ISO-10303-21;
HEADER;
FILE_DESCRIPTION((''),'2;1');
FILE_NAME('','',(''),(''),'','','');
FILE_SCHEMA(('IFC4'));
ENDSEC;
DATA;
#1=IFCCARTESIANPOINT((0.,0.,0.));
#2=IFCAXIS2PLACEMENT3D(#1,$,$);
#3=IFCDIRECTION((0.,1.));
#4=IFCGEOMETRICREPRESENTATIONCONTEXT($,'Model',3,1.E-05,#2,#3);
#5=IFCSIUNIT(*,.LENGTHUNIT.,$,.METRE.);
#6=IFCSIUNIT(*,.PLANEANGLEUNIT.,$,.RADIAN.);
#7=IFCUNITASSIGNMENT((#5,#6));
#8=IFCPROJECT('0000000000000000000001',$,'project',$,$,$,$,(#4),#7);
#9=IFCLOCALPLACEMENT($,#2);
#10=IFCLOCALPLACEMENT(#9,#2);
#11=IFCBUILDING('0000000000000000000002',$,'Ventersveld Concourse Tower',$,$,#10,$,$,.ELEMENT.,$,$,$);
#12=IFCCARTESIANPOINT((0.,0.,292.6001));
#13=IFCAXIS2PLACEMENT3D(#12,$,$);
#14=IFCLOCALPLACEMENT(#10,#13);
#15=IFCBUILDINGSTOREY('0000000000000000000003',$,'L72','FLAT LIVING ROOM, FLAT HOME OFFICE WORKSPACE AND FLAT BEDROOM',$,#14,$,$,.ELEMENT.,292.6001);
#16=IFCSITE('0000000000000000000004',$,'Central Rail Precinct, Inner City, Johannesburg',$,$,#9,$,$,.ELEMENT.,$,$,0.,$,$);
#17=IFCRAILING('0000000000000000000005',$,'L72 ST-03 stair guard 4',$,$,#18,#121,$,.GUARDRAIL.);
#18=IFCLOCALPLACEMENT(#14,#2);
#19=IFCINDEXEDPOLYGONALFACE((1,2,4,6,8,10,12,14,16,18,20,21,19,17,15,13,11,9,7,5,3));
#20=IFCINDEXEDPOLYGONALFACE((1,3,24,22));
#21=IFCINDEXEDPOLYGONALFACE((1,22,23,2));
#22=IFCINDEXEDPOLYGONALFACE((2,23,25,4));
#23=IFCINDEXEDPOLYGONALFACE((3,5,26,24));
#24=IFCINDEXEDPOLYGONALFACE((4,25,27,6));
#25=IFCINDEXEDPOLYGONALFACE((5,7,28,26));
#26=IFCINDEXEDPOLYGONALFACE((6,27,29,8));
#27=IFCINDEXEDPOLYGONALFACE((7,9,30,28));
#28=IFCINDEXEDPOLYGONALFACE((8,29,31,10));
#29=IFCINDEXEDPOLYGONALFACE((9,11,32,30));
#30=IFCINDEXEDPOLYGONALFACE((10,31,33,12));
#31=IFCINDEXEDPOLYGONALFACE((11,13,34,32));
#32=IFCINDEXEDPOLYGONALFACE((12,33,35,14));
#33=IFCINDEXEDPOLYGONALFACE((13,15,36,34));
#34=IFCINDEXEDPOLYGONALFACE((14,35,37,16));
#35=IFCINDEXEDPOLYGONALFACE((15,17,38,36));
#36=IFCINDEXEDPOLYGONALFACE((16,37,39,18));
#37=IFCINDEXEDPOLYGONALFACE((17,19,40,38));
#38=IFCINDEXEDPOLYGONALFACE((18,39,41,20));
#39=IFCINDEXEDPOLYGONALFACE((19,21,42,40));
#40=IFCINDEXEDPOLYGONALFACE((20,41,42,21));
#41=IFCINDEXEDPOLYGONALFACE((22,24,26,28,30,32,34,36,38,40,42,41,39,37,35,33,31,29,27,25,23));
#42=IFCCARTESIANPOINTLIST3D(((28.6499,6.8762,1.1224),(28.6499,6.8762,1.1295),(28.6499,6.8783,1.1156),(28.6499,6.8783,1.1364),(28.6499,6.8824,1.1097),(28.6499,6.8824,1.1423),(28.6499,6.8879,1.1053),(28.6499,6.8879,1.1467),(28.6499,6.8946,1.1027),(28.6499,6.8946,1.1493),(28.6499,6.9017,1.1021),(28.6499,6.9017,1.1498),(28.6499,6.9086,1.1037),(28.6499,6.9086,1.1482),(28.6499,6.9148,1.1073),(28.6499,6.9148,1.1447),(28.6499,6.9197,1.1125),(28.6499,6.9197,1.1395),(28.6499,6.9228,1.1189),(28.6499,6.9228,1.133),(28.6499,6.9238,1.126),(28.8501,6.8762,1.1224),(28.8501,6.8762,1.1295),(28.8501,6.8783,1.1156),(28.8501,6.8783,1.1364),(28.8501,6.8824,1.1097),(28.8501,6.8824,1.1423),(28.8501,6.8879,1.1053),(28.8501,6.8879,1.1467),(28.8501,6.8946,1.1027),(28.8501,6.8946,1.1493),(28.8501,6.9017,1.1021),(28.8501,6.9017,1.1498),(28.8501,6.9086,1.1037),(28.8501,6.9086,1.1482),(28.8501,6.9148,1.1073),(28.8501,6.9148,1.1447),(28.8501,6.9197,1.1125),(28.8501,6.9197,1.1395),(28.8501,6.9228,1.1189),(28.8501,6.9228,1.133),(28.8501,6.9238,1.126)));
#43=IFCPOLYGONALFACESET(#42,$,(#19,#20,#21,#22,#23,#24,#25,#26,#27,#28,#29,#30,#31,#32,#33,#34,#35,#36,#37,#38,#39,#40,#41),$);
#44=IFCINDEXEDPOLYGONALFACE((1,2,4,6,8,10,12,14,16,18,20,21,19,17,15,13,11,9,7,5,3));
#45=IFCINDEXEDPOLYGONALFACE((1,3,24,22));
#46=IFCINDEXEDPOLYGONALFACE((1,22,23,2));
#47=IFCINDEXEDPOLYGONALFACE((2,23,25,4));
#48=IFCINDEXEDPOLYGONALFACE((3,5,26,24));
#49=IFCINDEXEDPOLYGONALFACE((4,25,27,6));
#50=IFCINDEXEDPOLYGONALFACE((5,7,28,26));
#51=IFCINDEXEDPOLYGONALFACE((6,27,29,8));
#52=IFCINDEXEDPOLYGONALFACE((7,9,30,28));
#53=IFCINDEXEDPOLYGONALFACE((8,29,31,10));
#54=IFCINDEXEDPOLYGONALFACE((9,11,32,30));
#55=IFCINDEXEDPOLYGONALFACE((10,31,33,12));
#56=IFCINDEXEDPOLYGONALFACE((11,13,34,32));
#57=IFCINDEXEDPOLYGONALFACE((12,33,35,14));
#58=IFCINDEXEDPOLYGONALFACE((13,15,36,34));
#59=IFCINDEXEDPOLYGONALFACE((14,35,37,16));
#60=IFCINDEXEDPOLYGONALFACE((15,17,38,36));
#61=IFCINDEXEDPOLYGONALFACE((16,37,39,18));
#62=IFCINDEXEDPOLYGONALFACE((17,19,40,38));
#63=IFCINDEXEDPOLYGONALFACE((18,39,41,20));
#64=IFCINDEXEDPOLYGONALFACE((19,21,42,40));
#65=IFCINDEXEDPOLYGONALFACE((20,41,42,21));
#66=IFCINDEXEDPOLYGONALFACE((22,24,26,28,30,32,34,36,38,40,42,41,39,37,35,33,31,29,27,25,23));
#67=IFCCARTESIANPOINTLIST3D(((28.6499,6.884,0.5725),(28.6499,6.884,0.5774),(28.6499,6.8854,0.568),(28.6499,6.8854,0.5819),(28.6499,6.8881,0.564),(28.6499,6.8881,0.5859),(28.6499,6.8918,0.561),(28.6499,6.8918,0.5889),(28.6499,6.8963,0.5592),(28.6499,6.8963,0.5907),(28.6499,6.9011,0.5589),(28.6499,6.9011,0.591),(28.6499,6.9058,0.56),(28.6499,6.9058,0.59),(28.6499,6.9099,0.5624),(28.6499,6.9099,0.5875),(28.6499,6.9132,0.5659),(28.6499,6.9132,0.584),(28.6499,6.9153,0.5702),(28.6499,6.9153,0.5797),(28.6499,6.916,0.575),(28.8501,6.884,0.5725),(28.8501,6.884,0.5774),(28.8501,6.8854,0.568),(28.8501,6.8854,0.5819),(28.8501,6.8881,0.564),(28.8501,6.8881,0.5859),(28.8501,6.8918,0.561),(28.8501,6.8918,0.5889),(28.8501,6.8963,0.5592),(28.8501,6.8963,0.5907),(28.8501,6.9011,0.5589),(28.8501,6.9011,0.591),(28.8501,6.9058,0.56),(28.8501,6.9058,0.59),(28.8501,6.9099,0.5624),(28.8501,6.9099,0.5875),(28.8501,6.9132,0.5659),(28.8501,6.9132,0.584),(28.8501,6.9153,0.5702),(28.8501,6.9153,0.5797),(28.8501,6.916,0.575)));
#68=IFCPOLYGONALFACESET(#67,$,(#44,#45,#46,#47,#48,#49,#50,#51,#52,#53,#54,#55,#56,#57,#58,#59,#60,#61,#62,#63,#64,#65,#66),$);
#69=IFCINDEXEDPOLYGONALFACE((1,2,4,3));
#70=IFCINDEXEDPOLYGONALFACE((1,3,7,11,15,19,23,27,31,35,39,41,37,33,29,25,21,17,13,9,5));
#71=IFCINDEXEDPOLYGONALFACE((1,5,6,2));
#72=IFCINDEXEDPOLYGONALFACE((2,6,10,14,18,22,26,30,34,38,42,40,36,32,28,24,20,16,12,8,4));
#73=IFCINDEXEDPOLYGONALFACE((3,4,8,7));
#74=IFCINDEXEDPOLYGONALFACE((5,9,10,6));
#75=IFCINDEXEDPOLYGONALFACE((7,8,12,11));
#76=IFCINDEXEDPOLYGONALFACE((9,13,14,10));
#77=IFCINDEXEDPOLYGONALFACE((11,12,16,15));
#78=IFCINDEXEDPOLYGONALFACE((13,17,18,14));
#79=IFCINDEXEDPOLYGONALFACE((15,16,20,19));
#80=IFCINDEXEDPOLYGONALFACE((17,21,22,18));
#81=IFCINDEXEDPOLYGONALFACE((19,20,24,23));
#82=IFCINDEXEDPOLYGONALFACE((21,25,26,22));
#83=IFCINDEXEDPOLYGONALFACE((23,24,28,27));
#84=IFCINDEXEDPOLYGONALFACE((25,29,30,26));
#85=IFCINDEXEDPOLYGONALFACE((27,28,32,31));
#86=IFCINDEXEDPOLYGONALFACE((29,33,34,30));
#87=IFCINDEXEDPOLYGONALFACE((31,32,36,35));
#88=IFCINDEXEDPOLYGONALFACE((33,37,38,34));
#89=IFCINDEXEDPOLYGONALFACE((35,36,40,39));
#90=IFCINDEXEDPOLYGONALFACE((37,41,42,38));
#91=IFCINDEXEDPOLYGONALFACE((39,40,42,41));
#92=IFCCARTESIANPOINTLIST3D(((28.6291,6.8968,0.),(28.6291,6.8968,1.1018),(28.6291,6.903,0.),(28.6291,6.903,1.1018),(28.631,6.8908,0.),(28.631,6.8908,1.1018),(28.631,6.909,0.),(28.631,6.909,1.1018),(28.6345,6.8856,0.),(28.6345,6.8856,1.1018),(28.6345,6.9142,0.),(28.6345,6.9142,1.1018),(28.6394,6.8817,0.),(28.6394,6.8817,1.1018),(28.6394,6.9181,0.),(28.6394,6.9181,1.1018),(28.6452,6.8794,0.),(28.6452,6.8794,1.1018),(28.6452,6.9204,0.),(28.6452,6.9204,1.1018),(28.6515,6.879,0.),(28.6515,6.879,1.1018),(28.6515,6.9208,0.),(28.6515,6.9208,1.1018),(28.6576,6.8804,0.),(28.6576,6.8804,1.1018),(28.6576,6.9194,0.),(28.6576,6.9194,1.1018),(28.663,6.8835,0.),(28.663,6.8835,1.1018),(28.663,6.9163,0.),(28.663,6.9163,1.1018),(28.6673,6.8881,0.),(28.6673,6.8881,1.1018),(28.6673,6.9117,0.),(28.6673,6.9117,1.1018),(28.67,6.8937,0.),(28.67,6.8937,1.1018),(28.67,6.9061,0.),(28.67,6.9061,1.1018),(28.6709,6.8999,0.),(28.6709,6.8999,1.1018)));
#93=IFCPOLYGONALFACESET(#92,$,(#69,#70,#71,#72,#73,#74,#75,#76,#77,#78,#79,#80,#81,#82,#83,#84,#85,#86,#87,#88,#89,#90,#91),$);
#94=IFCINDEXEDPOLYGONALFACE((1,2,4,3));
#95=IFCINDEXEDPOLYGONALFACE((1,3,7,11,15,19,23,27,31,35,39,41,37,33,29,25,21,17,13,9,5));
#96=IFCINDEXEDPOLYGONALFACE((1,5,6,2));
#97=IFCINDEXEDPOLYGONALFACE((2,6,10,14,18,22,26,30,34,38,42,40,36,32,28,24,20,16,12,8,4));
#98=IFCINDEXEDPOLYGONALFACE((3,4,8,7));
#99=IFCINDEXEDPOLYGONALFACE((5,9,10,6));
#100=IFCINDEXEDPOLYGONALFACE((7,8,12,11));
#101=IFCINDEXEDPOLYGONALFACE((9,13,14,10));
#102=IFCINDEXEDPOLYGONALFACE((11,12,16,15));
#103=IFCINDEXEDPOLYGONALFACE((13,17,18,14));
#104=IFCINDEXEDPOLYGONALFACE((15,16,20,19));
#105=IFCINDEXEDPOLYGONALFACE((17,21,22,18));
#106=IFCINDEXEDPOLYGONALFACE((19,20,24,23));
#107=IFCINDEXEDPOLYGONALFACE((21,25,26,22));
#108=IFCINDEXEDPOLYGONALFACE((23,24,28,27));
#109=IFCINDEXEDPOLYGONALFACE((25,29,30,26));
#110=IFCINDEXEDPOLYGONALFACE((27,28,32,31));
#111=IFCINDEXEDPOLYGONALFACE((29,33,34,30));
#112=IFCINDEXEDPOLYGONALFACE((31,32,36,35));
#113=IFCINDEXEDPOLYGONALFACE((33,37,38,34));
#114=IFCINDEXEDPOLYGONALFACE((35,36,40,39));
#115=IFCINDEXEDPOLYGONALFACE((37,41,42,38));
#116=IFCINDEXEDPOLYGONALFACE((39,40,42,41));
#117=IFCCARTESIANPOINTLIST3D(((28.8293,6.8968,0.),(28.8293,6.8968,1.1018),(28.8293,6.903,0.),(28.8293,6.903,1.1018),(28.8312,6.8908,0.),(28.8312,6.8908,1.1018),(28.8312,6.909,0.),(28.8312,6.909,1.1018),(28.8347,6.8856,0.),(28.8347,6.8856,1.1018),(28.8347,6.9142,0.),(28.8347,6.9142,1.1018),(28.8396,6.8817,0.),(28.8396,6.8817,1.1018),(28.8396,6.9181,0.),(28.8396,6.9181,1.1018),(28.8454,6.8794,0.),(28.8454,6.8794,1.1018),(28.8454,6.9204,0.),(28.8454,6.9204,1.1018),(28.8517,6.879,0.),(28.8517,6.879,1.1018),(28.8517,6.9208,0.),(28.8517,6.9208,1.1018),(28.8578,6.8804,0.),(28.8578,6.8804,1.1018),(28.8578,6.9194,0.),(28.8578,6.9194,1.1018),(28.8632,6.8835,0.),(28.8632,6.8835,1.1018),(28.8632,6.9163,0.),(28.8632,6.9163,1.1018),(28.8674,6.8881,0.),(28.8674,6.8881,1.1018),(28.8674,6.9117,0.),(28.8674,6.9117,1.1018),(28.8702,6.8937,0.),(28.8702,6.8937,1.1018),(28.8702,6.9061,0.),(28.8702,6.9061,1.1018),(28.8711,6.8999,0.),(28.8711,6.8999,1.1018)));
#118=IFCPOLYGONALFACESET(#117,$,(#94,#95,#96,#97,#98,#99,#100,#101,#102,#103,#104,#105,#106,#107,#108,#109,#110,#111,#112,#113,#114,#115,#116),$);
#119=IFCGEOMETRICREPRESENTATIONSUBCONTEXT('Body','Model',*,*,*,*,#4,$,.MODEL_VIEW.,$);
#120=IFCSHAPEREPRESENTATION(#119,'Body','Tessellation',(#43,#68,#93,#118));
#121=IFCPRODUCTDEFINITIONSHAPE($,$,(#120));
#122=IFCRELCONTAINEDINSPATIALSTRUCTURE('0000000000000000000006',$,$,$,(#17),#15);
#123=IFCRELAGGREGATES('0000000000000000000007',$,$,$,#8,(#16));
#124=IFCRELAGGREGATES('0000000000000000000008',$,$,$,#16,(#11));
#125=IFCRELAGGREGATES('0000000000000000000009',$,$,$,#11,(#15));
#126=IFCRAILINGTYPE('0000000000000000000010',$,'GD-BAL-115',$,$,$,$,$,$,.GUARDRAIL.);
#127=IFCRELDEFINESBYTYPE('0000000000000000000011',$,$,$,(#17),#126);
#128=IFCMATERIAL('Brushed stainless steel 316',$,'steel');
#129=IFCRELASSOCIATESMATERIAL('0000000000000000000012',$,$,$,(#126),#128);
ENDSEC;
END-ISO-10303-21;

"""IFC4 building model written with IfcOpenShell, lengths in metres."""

from ifc_helpers import new_model, si_unit, direction, frame, origin, origin_2d, place, context, subcontext, project, spatial, circle, extrude, material, type_object, element, save


model = new_model("IFC4")

# Units and contexts
model_context = context("Model", 3, precision=1e-05, world=origin(), true_north=direction((0.0, 1.0)))
body_context = subcontext(model_context, "Body", "Model", "MODEL_VIEW")
ifc_project = project(units=[si_unit("LENGTHUNIT", "METRE"), si_unit("PLANEANGLEUNIT", "RADIAN")], contexts=[model_context])

# Site, building, storey
site_placement = place(None, origin())
site = spatial("IfcSite", under=ifc_project, at=site_placement, Name="Central Rail Precinct, Inner City, Johannesburg", CompositionType="ELEMENT", RefElevation=0.0)
building_placement = place(site_placement, origin())
building = spatial("IfcBuilding", under=site, at=building_placement, Name="Ventersveld Concourse Tower", CompositionType="ELEMENT")
storey_placement = place(building_placement, frame((0.0, 0.0, 292.6001)))
storey = spatial("IfcBuildingStorey", under=building, at=storey_placement, Name="L72", Description="FLAT LIVING ROOM, FLAT HOME OFFICE WORKSPACE AND FLAT BEDROOM", CompositionType="ELEMENT", Elevation=292.6001)

# Shared definitions
ifc_material_1 = material(Name="Brushed stainless steel 316", Category="steel")

# Railing
railing_type_1 = type_object("IfcRailingType", Name="GD-BAL-115", PredefinedType="GUARDRAIL", material=ifc_material_1)
railing_1_placement = place(storey_placement, frame((28.6499, 6.8999, 0.0)))
element("IfcRailing", 1, at=railing_1_placement, inside=storey, type_object=railing_type_1, Name="L72 ST-03 stair guard 4", PredefinedType="GUARDRAIL", context=body_context, shape_type="SweptSolid", body=[
    extrude(circle(Radius=0.0239, at=origin_2d()), frame((0.0, 0.0, 1.126), z_axis=(1.0, 0.0, 0.0), x_axis=(0.0, 1.0, 0.0)), (0.0, 0.0, 1.0), 0.2002),
    extrude(circle(Radius=0.0161, at=origin_2d()), frame((0.0, 0.0, 0.575), z_axis=(1.0, 0.0, 0.0), x_axis=(0.0, 1.0, 0.0)), (0.0, 0.0, 1.0), 0.2002),
    extrude(circle(Radius=0.021, at=origin_2d()), origin(), (0.0, 0.0, 1.0), 1.1018),
    extrude(circle(Radius=0.021, at=origin_2d()), frame((0.2002, 0.0, 0.0)), (0.0, 0.0, 1.0), 1.1018),
])

save(model, "model.ifc")
